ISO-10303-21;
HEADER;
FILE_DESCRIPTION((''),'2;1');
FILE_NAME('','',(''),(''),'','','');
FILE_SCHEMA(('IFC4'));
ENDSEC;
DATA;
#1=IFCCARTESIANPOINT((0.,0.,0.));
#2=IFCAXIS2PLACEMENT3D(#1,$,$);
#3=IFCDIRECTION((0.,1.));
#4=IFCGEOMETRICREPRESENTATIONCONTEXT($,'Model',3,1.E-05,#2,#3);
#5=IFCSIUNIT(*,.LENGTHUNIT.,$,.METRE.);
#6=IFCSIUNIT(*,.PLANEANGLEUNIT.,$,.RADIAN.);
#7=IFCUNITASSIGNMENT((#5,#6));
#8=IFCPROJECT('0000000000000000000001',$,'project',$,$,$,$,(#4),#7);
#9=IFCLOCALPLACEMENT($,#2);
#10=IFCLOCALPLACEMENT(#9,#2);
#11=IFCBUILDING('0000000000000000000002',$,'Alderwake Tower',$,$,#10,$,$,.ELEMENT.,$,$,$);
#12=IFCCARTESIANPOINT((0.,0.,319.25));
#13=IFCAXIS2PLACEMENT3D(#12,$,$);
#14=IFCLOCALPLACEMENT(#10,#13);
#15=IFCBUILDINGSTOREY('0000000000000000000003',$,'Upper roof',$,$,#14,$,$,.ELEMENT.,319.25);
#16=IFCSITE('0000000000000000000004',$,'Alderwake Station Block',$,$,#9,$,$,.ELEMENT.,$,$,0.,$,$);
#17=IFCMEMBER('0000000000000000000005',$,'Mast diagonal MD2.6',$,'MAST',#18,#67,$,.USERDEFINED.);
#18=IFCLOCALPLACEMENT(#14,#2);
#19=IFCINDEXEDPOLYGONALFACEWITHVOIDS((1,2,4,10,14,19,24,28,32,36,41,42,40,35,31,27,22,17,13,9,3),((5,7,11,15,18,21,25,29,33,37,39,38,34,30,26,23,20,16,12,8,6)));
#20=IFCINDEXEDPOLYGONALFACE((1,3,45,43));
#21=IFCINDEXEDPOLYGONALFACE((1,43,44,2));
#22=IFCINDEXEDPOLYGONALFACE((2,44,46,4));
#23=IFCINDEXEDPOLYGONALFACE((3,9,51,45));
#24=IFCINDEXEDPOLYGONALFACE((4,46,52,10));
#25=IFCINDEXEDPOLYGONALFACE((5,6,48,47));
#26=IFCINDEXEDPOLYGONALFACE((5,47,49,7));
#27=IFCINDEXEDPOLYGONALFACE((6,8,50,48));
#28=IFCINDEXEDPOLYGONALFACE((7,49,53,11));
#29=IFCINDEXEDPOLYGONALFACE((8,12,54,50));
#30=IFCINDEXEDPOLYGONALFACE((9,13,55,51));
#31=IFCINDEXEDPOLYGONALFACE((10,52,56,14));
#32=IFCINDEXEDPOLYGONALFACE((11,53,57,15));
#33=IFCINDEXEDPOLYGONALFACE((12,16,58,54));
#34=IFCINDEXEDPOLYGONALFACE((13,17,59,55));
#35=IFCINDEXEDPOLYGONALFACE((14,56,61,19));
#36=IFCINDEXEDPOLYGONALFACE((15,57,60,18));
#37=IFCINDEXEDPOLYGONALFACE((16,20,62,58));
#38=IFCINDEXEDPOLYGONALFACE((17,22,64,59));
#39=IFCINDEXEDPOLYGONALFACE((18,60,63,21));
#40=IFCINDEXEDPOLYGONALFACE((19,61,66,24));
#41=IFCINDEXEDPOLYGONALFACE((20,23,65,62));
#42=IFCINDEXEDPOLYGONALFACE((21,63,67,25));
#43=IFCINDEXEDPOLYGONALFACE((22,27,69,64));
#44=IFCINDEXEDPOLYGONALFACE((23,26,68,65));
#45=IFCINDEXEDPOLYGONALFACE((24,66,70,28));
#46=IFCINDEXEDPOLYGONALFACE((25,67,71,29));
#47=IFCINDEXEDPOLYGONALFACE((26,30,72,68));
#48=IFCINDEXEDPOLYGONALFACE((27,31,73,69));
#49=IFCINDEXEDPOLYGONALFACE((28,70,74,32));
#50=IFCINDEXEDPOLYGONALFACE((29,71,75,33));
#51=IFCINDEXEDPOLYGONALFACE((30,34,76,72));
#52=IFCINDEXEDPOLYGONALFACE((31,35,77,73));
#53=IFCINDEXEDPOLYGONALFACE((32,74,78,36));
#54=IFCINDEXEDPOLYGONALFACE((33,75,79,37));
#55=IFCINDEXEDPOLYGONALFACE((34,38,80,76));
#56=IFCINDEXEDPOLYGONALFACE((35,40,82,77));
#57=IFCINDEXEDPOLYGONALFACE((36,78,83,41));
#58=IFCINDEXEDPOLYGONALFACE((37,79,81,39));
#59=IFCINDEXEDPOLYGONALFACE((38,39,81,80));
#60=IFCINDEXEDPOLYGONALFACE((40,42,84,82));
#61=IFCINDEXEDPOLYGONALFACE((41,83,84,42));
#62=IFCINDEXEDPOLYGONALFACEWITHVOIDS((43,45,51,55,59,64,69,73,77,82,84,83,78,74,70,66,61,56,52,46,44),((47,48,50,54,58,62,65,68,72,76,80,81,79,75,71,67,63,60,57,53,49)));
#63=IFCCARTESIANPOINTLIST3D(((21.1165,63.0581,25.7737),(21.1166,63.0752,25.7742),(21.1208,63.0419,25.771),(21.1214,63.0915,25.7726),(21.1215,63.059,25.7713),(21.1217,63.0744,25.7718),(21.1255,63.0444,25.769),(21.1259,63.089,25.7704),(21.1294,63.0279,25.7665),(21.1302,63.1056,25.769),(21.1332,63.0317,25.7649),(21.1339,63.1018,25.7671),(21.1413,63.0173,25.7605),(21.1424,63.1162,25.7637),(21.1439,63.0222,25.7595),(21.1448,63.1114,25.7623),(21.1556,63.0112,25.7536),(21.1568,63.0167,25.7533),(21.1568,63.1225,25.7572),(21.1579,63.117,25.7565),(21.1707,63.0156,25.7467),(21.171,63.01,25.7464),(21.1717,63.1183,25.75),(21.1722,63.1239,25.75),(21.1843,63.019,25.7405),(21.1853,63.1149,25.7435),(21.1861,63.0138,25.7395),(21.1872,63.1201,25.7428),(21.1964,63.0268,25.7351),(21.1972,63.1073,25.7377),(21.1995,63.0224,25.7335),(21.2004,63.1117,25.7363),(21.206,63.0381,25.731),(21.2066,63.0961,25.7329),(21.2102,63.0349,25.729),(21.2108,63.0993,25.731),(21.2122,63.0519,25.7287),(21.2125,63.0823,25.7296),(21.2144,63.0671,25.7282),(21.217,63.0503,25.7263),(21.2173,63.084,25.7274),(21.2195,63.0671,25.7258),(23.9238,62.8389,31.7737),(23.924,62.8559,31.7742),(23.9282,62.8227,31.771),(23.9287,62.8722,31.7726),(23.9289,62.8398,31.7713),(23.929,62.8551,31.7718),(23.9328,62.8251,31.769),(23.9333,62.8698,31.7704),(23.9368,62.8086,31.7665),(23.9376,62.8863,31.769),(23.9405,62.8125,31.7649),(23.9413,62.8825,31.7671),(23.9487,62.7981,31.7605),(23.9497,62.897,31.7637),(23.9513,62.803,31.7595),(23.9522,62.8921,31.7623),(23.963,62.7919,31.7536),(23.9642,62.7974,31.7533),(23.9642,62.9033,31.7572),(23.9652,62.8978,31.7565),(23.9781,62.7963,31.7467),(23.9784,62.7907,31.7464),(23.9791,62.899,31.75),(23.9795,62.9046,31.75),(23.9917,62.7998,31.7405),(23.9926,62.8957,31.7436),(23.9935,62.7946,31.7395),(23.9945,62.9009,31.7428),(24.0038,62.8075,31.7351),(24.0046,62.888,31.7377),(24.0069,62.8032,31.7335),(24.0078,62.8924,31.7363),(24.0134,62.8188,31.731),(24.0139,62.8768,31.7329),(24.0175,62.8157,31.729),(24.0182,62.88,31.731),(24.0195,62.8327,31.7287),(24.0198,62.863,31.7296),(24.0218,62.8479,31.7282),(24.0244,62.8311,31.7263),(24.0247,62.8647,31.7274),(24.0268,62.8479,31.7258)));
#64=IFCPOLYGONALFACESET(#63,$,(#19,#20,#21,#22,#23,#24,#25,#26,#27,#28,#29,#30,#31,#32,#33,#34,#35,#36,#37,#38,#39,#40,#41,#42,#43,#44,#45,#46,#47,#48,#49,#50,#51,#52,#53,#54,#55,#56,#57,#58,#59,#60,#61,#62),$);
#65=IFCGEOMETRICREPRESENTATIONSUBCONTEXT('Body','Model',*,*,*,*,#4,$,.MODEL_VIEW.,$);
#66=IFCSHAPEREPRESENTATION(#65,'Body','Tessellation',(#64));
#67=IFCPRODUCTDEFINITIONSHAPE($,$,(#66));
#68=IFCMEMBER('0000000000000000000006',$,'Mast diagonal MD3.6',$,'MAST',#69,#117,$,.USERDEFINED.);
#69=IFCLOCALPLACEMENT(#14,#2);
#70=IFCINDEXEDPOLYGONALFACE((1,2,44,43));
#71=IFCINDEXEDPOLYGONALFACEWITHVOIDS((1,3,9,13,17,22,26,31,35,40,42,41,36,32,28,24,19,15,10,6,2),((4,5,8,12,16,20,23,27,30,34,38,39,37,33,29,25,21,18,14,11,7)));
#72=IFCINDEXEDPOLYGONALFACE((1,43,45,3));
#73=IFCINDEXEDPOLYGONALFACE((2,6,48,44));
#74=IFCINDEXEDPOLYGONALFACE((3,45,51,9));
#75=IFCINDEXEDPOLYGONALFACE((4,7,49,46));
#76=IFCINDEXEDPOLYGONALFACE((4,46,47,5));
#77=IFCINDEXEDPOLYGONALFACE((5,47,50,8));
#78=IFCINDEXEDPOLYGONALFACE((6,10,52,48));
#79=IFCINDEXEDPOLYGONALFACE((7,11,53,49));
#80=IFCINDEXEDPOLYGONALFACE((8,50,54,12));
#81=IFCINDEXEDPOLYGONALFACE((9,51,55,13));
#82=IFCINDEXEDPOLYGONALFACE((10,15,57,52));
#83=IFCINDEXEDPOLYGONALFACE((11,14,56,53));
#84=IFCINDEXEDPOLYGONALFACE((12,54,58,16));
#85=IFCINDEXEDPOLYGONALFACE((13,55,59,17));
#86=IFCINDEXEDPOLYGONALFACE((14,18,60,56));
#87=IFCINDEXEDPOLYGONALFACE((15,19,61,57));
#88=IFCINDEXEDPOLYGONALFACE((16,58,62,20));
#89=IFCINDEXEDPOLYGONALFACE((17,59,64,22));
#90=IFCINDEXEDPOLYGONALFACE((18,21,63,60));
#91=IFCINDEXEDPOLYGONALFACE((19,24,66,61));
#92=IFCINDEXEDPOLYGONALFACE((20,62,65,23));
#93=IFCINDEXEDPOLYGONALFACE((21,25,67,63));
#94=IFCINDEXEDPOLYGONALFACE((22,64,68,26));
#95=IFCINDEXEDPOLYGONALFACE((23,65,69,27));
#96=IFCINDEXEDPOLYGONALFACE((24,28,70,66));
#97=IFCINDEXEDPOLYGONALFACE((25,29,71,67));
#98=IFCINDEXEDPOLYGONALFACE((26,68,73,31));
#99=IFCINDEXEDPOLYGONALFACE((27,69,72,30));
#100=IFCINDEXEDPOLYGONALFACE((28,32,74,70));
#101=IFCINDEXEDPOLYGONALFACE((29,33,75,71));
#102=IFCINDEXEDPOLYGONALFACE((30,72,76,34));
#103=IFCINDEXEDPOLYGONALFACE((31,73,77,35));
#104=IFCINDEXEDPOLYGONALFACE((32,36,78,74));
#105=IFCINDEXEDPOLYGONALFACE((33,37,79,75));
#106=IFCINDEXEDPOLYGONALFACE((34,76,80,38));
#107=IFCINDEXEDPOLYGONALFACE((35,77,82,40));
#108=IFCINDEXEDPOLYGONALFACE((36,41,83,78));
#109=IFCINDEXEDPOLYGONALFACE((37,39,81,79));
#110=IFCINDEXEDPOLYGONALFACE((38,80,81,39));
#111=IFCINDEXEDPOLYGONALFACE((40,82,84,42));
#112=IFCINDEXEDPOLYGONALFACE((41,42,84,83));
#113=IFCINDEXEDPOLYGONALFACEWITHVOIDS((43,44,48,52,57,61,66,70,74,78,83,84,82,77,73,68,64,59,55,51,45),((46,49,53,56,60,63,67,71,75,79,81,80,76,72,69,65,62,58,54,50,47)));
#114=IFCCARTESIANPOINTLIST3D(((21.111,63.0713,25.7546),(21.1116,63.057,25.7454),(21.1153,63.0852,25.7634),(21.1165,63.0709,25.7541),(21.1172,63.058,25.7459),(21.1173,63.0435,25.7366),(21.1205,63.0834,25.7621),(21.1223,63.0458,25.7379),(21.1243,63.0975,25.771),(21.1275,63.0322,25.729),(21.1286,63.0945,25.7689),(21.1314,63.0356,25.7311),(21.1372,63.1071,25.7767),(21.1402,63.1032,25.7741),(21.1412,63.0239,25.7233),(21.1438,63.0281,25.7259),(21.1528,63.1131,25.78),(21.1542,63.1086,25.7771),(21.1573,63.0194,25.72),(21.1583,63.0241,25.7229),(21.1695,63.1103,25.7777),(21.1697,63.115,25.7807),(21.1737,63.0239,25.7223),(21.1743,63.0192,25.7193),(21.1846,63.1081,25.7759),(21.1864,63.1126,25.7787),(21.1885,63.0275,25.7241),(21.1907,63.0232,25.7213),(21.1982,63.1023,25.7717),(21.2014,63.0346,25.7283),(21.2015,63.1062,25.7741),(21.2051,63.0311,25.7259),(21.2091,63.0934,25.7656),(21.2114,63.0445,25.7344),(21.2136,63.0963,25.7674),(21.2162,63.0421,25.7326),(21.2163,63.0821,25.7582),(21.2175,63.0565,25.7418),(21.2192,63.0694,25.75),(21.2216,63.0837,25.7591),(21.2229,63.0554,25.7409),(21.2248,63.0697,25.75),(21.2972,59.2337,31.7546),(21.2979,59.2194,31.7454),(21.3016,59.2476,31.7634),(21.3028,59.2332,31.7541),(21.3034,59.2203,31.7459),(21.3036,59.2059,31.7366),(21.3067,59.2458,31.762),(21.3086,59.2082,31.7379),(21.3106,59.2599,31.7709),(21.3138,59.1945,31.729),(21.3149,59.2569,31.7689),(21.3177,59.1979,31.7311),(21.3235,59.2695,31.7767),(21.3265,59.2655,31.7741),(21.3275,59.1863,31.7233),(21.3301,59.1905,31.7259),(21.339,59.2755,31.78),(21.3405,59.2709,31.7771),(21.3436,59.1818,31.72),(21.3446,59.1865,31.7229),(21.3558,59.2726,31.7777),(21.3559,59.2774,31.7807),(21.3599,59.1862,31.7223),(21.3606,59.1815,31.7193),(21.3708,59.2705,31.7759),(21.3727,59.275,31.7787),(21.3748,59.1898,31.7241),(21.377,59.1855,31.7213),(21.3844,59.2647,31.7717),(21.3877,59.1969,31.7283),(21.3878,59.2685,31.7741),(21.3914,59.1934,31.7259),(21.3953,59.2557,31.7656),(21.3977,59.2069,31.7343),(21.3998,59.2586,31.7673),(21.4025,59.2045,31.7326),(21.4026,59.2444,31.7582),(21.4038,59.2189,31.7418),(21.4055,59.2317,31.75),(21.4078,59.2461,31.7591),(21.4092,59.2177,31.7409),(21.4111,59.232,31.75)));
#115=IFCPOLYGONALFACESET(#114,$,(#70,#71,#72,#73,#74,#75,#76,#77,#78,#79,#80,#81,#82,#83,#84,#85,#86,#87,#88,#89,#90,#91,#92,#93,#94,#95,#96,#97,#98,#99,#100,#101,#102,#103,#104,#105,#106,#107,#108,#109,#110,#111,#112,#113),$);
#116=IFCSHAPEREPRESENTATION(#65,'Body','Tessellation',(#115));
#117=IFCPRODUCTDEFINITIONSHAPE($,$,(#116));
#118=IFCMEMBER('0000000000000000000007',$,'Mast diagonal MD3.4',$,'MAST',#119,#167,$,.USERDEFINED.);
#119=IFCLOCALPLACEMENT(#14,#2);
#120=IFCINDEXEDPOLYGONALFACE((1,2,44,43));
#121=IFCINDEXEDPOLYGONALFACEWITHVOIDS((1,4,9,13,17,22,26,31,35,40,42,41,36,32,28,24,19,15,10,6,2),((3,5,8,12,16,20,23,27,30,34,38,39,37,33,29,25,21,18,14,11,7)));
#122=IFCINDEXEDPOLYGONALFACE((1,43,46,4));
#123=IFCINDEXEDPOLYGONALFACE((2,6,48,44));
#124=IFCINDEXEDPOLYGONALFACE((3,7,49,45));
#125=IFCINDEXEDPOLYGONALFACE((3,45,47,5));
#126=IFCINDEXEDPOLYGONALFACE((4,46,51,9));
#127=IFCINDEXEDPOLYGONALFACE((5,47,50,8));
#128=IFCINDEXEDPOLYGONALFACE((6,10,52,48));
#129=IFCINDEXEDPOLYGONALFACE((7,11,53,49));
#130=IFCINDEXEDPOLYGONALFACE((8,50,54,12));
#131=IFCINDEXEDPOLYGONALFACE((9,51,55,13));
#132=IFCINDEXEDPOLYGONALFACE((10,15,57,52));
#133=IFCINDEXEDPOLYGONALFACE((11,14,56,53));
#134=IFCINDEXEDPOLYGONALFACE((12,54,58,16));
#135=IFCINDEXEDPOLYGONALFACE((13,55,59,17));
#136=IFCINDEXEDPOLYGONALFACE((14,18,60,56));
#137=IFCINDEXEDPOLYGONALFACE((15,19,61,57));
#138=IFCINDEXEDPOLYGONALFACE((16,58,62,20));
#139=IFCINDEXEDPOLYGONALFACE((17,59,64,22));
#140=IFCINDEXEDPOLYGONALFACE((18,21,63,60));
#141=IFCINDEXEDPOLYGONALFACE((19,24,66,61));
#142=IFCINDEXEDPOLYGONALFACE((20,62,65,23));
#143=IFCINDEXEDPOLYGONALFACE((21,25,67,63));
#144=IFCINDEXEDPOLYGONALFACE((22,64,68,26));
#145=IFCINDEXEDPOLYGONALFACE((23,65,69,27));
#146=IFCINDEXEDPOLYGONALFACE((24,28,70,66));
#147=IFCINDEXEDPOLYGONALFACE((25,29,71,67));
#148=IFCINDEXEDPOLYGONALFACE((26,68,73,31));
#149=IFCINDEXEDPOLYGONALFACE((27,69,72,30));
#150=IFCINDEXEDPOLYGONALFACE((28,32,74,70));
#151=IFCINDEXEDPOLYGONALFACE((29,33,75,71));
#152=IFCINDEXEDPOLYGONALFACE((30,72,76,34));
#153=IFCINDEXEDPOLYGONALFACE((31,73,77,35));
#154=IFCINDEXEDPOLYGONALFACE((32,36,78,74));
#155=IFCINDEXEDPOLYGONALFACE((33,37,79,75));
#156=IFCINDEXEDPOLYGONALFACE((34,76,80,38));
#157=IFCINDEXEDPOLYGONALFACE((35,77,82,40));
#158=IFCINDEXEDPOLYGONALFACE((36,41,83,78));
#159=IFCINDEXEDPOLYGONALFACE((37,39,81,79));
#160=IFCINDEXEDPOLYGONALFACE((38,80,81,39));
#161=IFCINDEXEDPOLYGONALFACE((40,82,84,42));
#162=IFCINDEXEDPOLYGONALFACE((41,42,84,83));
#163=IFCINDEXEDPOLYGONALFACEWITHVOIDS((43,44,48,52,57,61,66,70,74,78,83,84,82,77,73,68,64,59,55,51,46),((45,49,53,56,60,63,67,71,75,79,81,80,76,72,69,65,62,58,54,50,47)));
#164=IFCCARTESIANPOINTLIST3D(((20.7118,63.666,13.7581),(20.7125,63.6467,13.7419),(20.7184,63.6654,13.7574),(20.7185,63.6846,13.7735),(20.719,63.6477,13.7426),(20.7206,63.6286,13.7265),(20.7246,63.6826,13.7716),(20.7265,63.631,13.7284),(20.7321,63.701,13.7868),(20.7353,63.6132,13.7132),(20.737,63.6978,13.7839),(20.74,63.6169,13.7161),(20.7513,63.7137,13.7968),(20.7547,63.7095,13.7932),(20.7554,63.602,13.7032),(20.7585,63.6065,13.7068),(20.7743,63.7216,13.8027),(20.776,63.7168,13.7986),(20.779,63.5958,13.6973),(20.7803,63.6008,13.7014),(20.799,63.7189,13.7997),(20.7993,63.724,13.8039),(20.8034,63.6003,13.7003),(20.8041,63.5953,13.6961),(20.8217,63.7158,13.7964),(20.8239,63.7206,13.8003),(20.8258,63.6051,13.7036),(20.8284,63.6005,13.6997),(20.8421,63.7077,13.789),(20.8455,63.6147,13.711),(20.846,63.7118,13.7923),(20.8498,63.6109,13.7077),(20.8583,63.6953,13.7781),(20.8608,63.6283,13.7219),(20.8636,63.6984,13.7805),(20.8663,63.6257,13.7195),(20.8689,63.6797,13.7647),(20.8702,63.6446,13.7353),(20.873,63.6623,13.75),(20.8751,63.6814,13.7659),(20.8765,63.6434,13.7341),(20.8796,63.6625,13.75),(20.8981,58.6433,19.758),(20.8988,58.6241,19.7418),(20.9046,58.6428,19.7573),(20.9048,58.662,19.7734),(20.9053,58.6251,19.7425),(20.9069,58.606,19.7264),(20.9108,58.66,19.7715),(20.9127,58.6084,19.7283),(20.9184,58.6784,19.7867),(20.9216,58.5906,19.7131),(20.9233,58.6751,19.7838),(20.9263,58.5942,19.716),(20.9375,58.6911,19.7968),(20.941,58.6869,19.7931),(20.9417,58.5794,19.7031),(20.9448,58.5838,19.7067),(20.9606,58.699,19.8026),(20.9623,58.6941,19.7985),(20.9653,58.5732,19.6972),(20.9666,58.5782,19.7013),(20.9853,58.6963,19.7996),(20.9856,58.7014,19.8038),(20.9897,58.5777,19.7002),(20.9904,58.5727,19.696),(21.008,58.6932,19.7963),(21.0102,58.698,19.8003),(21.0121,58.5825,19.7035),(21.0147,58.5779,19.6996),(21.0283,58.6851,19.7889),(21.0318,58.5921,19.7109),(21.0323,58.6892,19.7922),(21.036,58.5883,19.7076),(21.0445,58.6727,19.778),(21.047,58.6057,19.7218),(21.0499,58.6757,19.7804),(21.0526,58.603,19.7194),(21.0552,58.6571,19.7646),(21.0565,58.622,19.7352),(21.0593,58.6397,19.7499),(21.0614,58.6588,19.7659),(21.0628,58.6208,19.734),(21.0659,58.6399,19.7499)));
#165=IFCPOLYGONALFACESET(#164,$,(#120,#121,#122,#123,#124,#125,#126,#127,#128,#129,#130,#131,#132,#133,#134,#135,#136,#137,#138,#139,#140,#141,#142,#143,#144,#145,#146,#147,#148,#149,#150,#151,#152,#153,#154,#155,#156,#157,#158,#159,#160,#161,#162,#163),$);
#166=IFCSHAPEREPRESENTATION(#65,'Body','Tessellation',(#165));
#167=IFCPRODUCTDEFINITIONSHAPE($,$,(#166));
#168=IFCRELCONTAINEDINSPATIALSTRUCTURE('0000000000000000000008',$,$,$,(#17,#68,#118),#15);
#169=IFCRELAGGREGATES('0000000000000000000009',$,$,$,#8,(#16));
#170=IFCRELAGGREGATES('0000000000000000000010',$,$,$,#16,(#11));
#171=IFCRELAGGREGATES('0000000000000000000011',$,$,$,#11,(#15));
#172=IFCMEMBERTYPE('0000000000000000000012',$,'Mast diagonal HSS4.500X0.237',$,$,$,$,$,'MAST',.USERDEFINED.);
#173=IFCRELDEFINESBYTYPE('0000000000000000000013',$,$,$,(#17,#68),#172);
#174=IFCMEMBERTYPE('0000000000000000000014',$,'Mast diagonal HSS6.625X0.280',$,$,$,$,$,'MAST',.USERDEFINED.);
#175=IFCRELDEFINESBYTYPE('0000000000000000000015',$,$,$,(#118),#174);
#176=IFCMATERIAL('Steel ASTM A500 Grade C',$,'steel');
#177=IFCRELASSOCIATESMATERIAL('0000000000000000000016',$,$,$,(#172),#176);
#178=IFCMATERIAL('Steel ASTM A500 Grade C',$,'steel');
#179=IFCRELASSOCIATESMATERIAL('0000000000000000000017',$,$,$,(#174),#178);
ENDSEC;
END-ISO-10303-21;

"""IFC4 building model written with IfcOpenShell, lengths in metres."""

from ifc_helpers import new_model, si_unit, direction, frame, origin, origin_2d, place, context, subcontext, project, spatial, hollow_circle, extrude, material, material_profile, profile_set, type_object, element, save


model = new_model("IFC4")

# Units and contexts
model_context = context("Model", 3, precision=1e-05, world=origin(), true_north=direction((0.0, 1.0)))
body_context = subcontext(model_context, "Body", "Model", "MODEL_VIEW")
ifc_project = project(units=[si_unit("LENGTHUNIT", "METRE"), si_unit("PLANEANGLEUNIT", "RADIAN")], contexts=[model_context])

# Site, building, storey
site_placement = place(None, origin())
site = spatial("IfcSite", under=ifc_project, at=site_placement, Name="Alderwake Station Block", CompositionType="ELEMENT", RefElevation=0.0)
building_placement = place(site_placement, origin())
building = spatial("IfcBuilding", under=site, at=building_placement, Name="Alderwake Tower", CompositionType="ELEMENT")
storey_placement = place(building_placement, frame((0.0, 0.0, 319.25)))
storey = spatial("IfcBuildingStorey", under=building, at=storey_placement, Name="Upper roof", CompositionType="ELEMENT", Elevation=319.25)

# Members
ifc_material_1 = material(Name="Steel ASTM A500 Grade C", Category="steel")
ifc_material_profile_1 = material_profile(ifc_material_1, hollow_circle(Radius=0.0571, WallThickness=0.0056, at=origin_2d()), Name="HSS4.500X0.237")
ifc_profile_set_1 = profile_set([ifc_material_profile_1], Name="Steel ASTM A500 Grade C")
member_type_1 = type_object("IfcMemberType", Name="Mast diagonal HSS4.500X0.237", ElementType="MAST", PredefinedType="USERDEFINED", material=ifc_profile_set_1)
member_1_placement = place(storey_placement, frame((21.1677, 63.0669, 25.75), z_axis=(0.423567, -0.033078, 0.905261), x_axis=(0.077857, 0.996965, 0.0)))
element("IfcMember", 1, at=member_1_placement, inside=storey, type_object=member_type_1, Name="Mast diagonal MD2.6", ObjectType="MAST", PredefinedType="USERDEFINED", context=body_context, shape_type="SweptSolid", body=[
    extrude(hollow_circle(Radius=0.0571, WallThickness=0.0056, at=origin_2d()), origin(), (0.0, 0.0, 1.0), 6.6279),
])
member_2_placement = place(storey_placement, frame((21.1677, 63.0669, 25.75), z_axis=(0.026145, -0.538635, 0.842133), x_axis=(0.998824, 0.048483, 0.0)))
element("IfcMember", 2, at=member_2_placement, inside=storey, type_object=member_type_1, Name="Mast diagonal MD3.6", ObjectType="MAST", PredefinedType="USERDEFINED", context=body_context, shape_type="SweptSolid", body=[
    extrude(hollow_circle(Radius=0.0571, WallThickness=0.0056, at=origin_2d()), origin(), (0.0, 0.0, 1.0), 7.1248),
])
ifc_material_2 = material(Name="Steel ASTM A500 Grade C", Category="steel")
ifc_material_profile_2 = material_profile(ifc_material_2, hollow_circle(Radius=0.0842, WallThickness=0.0066, at=origin_2d()), Name="HSS6.625X0.280")
ifc_profile_set_2 = profile_set([ifc_material_profile_2], Name="Steel ASTM A500 Grade C")
member_type_2 = type_object("IfcMemberType", Name="Mast diagonal HSS6.625X0.280", ElementType="MAST", PredefinedType="USERDEFINED", material=ifc_profile_set_2)
member_3_placement = place(storey_placement, frame((20.7954, 63.6594, 13.75), z_axis=(0.0238, -0.641713, 0.766575), x_axis=(0.999313, 0.037062, 0.0)))
element("IfcMember", 3, at=member_3_placement, inside=storey, type_object=member_type_2, Name="Mast diagonal MD3.4", ObjectType="MAST", PredefinedType="USERDEFINED", context=body_context, shape_type="SweptSolid", body=[
    extrude(hollow_circle(Radius=0.0842, WallThickness=0.0066, at=origin_2d()), origin(), (0.0, 0.0, 1.0), 7.8269),
])

save(model, "model.ifc")
